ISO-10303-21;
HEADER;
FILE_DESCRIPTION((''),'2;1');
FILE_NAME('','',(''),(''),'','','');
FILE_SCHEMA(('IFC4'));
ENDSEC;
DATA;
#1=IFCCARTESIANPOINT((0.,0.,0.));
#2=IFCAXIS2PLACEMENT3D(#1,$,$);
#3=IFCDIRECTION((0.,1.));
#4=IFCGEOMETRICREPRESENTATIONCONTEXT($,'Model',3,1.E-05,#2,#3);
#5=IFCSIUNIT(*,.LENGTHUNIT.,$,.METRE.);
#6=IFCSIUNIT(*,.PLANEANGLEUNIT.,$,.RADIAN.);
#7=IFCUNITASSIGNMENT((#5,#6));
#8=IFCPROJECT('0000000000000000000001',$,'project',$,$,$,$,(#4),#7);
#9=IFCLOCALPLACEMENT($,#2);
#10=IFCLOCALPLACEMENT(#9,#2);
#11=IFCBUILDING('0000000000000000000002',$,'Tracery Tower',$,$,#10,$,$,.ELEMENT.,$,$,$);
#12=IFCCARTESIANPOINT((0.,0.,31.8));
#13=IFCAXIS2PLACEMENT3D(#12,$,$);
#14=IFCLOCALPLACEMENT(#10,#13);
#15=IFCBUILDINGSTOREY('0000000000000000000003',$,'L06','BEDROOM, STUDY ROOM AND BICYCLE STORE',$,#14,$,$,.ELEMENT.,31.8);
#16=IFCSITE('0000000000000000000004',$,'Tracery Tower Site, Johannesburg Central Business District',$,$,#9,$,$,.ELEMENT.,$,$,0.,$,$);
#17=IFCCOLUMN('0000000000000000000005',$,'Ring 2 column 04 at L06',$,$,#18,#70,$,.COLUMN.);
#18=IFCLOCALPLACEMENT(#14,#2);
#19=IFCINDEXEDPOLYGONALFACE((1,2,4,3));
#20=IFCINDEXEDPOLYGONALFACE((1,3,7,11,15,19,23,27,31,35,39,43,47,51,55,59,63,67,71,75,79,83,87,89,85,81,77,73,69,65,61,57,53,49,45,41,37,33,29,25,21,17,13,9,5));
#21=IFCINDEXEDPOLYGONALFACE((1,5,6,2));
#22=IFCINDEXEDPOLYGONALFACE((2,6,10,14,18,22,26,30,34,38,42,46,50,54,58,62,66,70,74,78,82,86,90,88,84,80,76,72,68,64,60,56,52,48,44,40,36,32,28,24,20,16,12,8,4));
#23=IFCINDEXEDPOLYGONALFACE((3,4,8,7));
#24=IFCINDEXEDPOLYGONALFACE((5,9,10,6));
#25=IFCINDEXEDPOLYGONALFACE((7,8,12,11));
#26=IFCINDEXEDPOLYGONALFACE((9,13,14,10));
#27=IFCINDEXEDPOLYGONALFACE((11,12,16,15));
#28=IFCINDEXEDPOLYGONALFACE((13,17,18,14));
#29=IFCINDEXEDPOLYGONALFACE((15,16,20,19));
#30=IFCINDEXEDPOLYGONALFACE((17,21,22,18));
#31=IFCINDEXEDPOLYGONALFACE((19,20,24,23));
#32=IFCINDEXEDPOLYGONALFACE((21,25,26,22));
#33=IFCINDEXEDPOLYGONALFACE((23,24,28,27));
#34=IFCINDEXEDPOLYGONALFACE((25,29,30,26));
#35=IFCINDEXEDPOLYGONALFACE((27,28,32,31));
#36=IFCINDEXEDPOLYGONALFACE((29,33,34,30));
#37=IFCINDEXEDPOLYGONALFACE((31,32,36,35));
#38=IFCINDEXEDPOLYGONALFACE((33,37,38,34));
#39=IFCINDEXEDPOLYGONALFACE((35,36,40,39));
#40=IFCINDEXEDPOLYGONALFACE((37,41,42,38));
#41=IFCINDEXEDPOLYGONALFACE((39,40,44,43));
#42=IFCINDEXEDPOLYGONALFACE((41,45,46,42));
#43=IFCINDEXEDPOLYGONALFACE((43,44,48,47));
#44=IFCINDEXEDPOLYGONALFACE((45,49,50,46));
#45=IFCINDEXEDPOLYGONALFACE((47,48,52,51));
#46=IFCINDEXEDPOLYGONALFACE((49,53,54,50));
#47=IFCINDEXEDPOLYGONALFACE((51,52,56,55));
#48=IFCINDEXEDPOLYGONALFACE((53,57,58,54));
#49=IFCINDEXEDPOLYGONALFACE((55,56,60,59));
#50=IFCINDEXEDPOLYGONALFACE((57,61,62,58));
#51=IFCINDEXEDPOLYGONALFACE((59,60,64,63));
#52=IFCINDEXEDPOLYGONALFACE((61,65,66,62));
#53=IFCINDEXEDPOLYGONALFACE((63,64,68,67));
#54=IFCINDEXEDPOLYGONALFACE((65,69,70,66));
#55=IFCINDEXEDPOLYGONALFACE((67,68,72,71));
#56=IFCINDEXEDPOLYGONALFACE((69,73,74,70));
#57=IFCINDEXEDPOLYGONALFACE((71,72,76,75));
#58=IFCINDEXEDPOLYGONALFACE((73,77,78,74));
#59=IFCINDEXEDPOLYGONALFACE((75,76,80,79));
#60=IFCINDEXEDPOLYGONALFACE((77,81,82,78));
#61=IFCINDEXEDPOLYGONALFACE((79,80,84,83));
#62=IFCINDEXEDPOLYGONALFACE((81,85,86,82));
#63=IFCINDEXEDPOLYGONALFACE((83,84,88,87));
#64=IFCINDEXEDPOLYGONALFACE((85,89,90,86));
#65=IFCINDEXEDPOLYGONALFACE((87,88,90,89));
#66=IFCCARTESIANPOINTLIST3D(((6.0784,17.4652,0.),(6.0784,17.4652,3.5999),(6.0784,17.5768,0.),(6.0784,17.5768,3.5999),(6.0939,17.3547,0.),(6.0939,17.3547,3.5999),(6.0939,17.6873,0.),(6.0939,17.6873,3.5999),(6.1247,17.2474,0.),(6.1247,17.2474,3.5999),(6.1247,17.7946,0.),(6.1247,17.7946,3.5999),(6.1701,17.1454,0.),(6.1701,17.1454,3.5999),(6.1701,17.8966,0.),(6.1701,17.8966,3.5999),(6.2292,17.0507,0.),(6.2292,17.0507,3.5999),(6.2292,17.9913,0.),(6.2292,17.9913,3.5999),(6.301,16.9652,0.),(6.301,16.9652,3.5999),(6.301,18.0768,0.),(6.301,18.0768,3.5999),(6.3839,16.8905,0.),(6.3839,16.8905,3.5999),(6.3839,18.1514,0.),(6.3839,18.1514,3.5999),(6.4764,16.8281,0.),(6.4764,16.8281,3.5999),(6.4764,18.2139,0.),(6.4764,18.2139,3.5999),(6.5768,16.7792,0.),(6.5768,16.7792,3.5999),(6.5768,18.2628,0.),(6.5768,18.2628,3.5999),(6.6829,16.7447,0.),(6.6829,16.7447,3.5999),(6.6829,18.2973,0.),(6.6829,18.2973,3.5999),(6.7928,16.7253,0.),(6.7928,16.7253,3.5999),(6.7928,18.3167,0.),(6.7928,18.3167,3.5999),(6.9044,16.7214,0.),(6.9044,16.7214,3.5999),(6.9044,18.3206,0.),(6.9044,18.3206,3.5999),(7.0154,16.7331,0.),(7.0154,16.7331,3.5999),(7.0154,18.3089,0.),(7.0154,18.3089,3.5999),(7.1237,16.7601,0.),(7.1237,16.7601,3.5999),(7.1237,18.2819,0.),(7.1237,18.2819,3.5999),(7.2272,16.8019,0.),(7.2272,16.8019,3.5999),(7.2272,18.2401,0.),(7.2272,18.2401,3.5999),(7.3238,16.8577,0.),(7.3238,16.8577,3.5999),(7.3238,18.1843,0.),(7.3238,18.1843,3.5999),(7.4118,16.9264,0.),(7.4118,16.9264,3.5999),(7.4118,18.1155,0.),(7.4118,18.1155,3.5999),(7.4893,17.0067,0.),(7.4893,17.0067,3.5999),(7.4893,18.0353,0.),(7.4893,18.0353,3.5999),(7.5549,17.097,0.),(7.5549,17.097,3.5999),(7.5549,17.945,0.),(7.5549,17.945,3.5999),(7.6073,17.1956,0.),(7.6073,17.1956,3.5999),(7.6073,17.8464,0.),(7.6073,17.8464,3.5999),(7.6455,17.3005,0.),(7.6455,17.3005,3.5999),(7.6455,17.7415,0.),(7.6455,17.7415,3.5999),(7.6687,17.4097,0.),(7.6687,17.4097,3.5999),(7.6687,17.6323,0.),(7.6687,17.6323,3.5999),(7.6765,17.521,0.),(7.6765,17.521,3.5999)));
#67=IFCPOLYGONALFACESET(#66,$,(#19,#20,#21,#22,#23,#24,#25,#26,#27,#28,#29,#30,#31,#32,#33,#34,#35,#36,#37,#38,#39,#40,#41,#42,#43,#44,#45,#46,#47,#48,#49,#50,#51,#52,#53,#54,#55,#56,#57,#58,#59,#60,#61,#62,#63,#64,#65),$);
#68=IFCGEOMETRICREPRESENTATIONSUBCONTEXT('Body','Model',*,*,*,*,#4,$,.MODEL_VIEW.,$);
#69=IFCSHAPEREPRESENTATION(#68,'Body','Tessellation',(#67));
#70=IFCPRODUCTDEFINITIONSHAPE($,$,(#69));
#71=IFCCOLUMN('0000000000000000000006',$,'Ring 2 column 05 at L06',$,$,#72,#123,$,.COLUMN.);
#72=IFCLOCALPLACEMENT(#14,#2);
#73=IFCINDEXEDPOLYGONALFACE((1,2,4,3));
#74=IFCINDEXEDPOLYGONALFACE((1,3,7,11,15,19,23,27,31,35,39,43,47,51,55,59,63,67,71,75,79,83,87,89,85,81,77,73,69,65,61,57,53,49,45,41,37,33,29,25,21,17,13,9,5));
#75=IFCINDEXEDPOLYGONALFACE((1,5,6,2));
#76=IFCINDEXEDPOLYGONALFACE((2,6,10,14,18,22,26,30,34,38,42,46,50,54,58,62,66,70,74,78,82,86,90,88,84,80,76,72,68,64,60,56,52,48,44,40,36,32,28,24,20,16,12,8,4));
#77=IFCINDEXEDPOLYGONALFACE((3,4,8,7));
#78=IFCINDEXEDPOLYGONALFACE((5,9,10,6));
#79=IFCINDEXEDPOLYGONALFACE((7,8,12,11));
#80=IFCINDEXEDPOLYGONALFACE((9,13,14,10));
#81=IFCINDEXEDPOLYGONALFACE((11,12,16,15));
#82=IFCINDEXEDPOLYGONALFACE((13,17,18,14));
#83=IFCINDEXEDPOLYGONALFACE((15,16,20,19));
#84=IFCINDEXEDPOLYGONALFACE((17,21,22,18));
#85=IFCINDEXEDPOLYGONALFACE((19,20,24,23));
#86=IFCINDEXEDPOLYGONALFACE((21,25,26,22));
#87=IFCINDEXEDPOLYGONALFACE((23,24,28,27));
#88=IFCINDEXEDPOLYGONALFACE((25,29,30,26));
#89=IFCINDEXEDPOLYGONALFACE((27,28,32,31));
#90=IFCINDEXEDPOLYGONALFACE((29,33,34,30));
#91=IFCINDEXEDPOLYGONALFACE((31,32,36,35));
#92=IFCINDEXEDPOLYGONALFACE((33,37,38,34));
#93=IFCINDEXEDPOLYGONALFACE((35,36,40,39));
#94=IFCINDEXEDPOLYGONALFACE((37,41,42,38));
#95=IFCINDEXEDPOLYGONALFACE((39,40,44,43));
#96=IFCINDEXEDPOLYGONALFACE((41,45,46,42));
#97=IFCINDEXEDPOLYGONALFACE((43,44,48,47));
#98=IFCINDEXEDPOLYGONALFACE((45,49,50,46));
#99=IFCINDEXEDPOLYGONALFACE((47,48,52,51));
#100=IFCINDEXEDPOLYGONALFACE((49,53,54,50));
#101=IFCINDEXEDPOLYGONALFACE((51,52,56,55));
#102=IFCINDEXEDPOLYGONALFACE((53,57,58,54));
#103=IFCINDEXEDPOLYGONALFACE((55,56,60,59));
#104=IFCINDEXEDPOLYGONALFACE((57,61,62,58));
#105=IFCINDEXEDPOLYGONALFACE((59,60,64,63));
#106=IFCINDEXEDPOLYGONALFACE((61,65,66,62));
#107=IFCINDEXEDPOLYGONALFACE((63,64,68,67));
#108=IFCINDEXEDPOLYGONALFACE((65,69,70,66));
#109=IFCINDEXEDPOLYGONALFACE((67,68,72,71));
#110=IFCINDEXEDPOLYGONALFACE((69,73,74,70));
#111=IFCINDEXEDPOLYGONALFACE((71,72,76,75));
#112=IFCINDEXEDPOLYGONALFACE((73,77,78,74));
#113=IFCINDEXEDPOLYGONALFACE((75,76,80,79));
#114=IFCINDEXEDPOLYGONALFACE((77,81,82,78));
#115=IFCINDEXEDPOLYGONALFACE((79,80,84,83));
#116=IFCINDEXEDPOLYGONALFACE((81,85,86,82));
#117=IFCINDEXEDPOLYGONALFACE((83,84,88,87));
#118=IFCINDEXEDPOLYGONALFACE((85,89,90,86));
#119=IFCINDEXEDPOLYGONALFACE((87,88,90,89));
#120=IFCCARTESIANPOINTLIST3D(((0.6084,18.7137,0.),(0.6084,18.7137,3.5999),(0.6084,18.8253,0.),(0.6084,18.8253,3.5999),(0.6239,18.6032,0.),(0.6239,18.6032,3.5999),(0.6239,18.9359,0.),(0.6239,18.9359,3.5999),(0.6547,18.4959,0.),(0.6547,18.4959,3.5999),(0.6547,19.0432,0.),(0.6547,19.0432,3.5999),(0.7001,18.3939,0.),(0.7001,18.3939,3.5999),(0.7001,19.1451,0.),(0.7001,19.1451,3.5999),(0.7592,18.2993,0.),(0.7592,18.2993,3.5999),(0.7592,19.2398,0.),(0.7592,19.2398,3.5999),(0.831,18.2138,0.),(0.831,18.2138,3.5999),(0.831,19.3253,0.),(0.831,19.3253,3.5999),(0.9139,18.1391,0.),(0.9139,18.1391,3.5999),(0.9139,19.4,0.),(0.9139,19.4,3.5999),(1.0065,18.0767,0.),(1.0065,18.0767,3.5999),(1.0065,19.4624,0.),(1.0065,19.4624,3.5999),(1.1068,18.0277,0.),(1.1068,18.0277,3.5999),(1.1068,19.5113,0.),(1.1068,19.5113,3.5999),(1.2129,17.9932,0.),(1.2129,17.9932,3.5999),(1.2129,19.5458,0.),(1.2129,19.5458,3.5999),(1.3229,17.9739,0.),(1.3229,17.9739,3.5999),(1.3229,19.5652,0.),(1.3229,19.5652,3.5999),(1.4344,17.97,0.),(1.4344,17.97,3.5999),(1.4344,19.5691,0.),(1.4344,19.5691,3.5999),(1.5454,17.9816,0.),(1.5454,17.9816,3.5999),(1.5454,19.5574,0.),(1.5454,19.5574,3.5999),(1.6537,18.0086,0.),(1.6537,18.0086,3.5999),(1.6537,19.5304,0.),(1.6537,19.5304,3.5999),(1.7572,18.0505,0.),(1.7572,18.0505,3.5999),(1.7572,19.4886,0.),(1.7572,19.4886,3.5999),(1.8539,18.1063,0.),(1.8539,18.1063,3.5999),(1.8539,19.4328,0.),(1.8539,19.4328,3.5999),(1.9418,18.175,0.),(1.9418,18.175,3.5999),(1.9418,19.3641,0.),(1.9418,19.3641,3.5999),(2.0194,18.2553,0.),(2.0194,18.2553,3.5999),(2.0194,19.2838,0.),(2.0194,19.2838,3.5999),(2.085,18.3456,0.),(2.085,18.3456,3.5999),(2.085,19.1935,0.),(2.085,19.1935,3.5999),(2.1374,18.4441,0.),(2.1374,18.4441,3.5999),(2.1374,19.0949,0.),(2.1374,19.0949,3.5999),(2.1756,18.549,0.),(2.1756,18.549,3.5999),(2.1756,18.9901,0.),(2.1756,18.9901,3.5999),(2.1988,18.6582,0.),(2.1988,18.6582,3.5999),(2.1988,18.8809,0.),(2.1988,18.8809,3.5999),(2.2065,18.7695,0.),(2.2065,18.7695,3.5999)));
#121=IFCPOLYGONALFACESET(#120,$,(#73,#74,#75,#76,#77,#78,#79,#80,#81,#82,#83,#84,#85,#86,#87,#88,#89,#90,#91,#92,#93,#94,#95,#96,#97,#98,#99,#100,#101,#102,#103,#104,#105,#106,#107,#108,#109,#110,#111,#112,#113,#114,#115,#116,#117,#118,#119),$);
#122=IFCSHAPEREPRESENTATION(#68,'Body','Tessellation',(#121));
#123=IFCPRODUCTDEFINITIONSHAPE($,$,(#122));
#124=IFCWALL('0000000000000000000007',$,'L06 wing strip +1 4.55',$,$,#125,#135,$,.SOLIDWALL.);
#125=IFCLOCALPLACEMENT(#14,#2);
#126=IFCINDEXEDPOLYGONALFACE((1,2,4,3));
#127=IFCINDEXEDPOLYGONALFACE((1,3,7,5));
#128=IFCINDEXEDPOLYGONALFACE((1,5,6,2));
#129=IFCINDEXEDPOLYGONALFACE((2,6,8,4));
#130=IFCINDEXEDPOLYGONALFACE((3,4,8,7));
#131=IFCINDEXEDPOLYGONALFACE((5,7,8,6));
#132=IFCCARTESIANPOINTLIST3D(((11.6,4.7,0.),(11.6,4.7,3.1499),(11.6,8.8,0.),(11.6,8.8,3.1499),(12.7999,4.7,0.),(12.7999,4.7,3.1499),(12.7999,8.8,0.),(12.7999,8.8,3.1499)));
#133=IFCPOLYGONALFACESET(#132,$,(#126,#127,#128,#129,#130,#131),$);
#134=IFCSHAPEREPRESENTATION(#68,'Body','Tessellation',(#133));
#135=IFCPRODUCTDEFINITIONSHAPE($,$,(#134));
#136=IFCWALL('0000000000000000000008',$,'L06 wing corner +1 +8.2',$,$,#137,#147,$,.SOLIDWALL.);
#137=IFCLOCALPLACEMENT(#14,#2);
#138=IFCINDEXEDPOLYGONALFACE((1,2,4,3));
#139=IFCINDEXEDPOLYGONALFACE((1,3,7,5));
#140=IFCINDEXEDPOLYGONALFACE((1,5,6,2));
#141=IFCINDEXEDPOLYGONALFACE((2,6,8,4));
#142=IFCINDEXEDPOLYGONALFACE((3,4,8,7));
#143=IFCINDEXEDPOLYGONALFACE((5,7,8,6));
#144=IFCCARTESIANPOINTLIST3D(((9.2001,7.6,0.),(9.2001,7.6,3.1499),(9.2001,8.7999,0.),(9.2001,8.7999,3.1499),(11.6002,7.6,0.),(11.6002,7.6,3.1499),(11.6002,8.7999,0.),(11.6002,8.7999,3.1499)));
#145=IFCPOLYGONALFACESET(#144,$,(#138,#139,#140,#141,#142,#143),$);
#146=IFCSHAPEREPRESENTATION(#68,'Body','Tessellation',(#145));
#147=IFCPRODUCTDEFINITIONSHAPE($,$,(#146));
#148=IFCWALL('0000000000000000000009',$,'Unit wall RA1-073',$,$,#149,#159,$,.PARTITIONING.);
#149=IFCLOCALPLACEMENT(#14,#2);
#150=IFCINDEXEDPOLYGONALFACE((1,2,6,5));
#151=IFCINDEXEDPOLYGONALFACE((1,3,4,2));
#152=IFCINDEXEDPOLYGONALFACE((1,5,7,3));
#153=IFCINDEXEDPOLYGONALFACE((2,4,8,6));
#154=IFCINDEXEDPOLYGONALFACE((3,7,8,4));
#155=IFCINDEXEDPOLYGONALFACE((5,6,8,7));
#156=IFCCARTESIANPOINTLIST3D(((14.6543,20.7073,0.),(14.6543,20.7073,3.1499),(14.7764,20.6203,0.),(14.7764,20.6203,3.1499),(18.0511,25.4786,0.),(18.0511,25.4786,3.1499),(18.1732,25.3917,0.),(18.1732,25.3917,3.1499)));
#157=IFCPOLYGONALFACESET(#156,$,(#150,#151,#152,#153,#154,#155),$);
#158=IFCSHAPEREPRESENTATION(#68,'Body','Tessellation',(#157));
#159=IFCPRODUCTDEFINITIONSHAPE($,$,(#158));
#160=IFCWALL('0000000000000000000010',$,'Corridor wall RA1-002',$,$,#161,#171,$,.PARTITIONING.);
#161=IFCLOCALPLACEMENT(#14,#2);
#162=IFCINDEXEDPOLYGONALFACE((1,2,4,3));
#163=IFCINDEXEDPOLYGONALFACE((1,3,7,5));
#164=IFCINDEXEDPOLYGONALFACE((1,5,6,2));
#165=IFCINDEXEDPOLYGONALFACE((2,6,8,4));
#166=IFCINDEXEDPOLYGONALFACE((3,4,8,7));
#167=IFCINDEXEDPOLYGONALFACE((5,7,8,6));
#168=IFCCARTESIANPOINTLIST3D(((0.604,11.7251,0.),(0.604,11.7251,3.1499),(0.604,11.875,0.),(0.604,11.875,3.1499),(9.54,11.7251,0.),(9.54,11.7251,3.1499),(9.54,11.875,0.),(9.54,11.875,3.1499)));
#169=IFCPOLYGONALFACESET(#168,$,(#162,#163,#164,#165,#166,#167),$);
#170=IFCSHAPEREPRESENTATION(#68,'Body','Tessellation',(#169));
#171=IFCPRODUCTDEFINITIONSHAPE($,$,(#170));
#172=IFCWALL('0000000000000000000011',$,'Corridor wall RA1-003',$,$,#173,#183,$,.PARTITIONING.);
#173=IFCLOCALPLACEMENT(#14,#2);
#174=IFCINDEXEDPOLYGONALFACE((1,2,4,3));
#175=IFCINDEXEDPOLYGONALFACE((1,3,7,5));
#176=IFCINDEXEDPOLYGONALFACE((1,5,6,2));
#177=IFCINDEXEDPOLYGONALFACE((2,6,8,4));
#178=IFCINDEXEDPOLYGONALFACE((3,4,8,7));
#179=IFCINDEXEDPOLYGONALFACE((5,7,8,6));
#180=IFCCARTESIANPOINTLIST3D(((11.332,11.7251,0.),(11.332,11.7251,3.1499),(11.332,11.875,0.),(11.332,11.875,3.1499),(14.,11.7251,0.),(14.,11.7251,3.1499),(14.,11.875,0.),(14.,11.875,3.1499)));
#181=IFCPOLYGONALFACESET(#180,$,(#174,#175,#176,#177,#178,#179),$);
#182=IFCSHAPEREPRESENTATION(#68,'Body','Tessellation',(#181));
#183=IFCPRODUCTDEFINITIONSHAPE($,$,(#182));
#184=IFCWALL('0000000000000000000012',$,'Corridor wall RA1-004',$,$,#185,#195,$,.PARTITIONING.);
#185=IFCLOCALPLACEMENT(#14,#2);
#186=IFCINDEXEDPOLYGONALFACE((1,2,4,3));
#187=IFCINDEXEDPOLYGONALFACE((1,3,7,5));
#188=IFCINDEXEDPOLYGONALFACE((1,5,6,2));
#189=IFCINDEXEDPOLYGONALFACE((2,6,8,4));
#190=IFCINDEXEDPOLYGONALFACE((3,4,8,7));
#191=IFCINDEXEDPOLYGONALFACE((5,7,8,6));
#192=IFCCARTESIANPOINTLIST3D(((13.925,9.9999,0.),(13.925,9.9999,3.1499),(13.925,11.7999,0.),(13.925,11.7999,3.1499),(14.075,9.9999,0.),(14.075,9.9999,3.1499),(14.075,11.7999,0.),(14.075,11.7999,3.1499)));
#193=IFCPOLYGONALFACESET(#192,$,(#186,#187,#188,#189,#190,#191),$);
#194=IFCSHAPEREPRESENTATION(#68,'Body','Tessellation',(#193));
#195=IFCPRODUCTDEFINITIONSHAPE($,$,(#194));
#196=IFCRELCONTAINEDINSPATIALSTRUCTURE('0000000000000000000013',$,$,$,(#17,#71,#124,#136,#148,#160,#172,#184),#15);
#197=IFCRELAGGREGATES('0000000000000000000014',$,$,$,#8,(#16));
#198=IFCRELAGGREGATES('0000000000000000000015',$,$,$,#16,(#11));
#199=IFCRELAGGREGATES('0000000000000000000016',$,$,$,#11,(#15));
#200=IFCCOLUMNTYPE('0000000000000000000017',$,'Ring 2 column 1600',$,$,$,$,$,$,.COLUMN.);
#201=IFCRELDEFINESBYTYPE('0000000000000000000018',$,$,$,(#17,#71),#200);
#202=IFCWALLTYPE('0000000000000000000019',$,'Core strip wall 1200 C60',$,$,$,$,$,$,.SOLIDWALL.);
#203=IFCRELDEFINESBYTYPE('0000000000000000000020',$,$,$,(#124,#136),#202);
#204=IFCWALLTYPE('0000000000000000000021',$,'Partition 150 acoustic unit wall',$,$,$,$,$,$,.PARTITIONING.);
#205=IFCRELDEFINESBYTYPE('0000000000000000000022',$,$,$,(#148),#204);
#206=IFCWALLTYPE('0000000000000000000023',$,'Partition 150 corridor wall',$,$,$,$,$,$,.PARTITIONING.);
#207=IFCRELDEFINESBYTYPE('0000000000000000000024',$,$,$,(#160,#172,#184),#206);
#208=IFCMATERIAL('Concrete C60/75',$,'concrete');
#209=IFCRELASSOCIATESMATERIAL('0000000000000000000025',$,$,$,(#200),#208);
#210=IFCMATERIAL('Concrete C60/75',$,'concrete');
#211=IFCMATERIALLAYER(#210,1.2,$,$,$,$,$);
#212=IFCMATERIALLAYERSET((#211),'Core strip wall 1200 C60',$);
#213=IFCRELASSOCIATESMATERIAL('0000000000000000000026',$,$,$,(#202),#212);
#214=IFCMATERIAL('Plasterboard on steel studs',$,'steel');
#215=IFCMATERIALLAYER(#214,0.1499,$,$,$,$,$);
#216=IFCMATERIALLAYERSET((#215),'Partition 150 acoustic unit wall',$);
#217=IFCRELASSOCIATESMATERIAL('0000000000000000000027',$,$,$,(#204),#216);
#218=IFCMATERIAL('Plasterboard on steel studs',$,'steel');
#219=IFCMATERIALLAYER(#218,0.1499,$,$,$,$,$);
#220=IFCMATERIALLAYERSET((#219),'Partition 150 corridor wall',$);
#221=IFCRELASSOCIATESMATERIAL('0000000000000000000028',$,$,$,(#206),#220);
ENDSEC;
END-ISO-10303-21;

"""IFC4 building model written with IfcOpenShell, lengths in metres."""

from ifc_helpers import new_model, si_unit, direction, frame, frame_2d, origin, origin_2d, place, context, subcontext, project, spatial, rectangle, circle, extrude, material, layer, layer_set, material_profile, profile_set, type_object, element, save


model = new_model("IFC4")

# Units and contexts
model_context = context("Model", 3, precision=1e-05, world=origin(), true_north=direction((0.0, 1.0)))
body_context = subcontext(model_context, "Body", "Model", "MODEL_VIEW")
ifc_project = project(units=[si_unit("LENGTHUNIT", "METRE"), si_unit("PLANEANGLEUNIT", "RADIAN")], contexts=[model_context])

# Site, building, storey
site_placement = place(None, origin())
site = spatial("IfcSite", under=ifc_project, at=site_placement, Name="Tracery Tower Site, Johannesburg Central Business District", CompositionType="ELEMENT", RefElevation=0.0)
building_placement = place(site_placement, origin())
building = spatial("IfcBuilding", under=site, at=building_placement, Name="Tracery Tower", CompositionType="ELEMENT")
storey_placement = place(building_placement, frame((0.0, 0.0, 31.8)))
storey = spatial("IfcBuildingStorey", under=building, at=storey_placement, Name="L06", Description="BEDROOM, STUDY ROOM AND BICYCLE STORE", CompositionType="ELEMENT", Elevation=31.8)

# Columns
ifc_material_1 = material(Name="Concrete C60/75", Category="concrete")
ifc_material_profile_1 = material_profile(ifc_material_1, circle(Radius=0.8, at=origin_2d()), Name="RC D1600")
ifc_profile_set_1 = profile_set([ifc_material_profile_1], Name="Concrete C60/75")
column_type_1 = type_object("IfcColumnType", Name="Ring 2 column 1600", PredefinedType="COLUMN", material=ifc_profile_set_1)
for number, where, z_axis, x_axis, name in (
    (1, (6.8765, 17.521, 0.0), (0.0, 0.0, 1.0), (1.0, 0.0, 0.0), "Ring 2 column 04 at L06"),
    (2, (1.4065, 18.7695, 0.0), (0.0, 0.0, 1.0), (1.0, 0.0, 0.0), "Ring 2 column 05 at L06"),
):
    element("IfcColumn", number, at=place(storey_placement, frame(where, z_axis=z_axis, x_axis=x_axis)), inside=storey, type_object=column_type_1, Name=name, PredefinedType="COLUMN", context=body_context, shape_type="SweptSolid", body=[
        extrude(circle(Radius=0.8, at=origin_2d()), origin(), (0.0, 0.0, 1.0), 3.5999),
    ])

# Walls
ifc_material_2 = material(Name="Concrete C60/75", Category="concrete")
ifc_layer_1 = layer(ifc_material_2, 1.2)
ifc_layer_set_1 = layer_set([ifc_layer_1], Name="Core strip wall 1200 C60")
wall_type_1 = type_object("IfcWallType", Name="Core strip wall 1200 C60", PredefinedType="SOLIDWALL", material=ifc_layer_set_1)
wall_1_placement = place(storey_placement, frame((12.2, 4.7, 0.0), z_axis=(0.0, 0.0, 1.0), x_axis=(0.0, 1.0, 0.0)))
element("IfcWall", 3, at=wall_1_placement, inside=storey, type_object=wall_type_1, Name="L06 wing strip +1 4.55", PredefinedType="SOLIDWALL", context=body_context, shape_type="SweptSolid", body=[
    extrude(rectangle(XDim=4.1001, YDim=1.2, at=frame_2d((2.05, 0.0))), origin(), (0.0, 0.0, 1.0), 3.1499),
])
wall_2_placement = place(storey_placement, frame((9.2, 8.2, 0.0), z_axis=(0.0, 0.0, 1.0), x_axis=(1.0, 0.0, 0.0)))
element("IfcWall", 4, at=wall_2_placement, inside=storey, type_object=wall_type_1, Name="L06 wing corner +1 +8.2", PredefinedType="SOLIDWALL", context=body_context, shape_type="SweptSolid", body=[
    extrude(rectangle(XDim=2.4001, YDim=1.2, at=frame_2d((1.2002, 0.0))), origin(), (0.0, 0.0, 1.0), 3.1499),
])
ifc_material_3 = material(Name="Plasterboard on steel studs", Category="steel")
ifc_layer_2 = layer(ifc_material_3, 0.1499)
ifc_layer_set_2 = layer_set([ifc_layer_2], Name="Partition 150 acoustic unit wall")
wall_type_2 = type_object("IfcWallType", Name="Partition 150 acoustic unit wall", PredefinedType="PARTITIONING", material=ifc_layer_set_2)
wall_3_placement = place(storey_placement, frame((14.7153, 20.6638, 0.0), z_axis=(0.0, 0.0, 1.0), x_axis=(0.57996, 0.814645, 0.0)))
element("IfcWall", 5, at=wall_3_placement, inside=storey, type_object=wall_type_2, Name="Unit wall RA1-073", PredefinedType="PARTITIONING", context=body_context, shape_type="SweptSolid", body=[
    extrude(rectangle(XDim=5.8569, YDim=0.1499, at=frame_2d((2.9285, 0.0))), origin(), (0.0, 0.0, 1.0), 3.1499),
])
ifc_material_4 = material(Name="Plasterboard on steel studs", Category="steel")
ifc_layer_3 = layer(ifc_material_4, 0.1499)
ifc_layer_set_3 = layer_set([ifc_layer_3], Name="Partition 150 corridor wall")
wall_type_3 = type_object("IfcWallType", Name="Partition 150 corridor wall", PredefinedType="PARTITIONING", material=ifc_layer_set_3)
wall_4_placement = place(storey_placement, frame((0.604, 11.8, 0.0), z_axis=(0.0, 0.0, 1.0), x_axis=(1.0, 0.0, 0.0)))
element("IfcWall", 6, at=wall_4_placement, inside=storey, type_object=wall_type_3, Name="Corridor wall RA1-002", PredefinedType="PARTITIONING", context=body_context, shape_type="SweptSolid", body=[
    extrude(rectangle(XDim=8.936, YDim=0.1499, at=frame_2d((4.468, 0.0))), origin(), (0.0, 0.0, 1.0), 3.1499),
])
wall_5_placement = place(storey_placement, frame((11.332, 11.8, 0.0), z_axis=(0.0, 0.0, 1.0), x_axis=(1.0, 0.0, 0.0)))
element("IfcWall", 7, at=wall_5_placement, inside=storey, type_object=wall_type_3, Name="Corridor wall RA1-003", PredefinedType="PARTITIONING", context=body_context, shape_type="SweptSolid", body=[
    extrude(rectangle(XDim=2.668, YDim=0.1499, at=frame_2d((1.334, 0.0))), origin(), (0.0, 0.0, 1.0), 3.1499),
])
for number, where, z_axis, x_axis, name in (
    (8, (14.0, 10.0, 0.0), (0.0, 0.0, 1.0), (0.0, 1.0, 0.0), "Corridor wall RA1-004"),
):
    element("IfcWall", number, at=place(storey_placement, frame(where, z_axis=z_axis, x_axis=x_axis)), inside=storey, type_object=wall_type_3, Name=name, PredefinedType="PARTITIONING", context=body_context, shape_type="SweptSolid", body=[
        extrude(rectangle(XDim=1.8, YDim=0.1499, at=frame_2d((0.8999, 0.0))), origin(), (0.0, 0.0, 1.0), 3.1499),
    ])

save(model, "model.ifc")
